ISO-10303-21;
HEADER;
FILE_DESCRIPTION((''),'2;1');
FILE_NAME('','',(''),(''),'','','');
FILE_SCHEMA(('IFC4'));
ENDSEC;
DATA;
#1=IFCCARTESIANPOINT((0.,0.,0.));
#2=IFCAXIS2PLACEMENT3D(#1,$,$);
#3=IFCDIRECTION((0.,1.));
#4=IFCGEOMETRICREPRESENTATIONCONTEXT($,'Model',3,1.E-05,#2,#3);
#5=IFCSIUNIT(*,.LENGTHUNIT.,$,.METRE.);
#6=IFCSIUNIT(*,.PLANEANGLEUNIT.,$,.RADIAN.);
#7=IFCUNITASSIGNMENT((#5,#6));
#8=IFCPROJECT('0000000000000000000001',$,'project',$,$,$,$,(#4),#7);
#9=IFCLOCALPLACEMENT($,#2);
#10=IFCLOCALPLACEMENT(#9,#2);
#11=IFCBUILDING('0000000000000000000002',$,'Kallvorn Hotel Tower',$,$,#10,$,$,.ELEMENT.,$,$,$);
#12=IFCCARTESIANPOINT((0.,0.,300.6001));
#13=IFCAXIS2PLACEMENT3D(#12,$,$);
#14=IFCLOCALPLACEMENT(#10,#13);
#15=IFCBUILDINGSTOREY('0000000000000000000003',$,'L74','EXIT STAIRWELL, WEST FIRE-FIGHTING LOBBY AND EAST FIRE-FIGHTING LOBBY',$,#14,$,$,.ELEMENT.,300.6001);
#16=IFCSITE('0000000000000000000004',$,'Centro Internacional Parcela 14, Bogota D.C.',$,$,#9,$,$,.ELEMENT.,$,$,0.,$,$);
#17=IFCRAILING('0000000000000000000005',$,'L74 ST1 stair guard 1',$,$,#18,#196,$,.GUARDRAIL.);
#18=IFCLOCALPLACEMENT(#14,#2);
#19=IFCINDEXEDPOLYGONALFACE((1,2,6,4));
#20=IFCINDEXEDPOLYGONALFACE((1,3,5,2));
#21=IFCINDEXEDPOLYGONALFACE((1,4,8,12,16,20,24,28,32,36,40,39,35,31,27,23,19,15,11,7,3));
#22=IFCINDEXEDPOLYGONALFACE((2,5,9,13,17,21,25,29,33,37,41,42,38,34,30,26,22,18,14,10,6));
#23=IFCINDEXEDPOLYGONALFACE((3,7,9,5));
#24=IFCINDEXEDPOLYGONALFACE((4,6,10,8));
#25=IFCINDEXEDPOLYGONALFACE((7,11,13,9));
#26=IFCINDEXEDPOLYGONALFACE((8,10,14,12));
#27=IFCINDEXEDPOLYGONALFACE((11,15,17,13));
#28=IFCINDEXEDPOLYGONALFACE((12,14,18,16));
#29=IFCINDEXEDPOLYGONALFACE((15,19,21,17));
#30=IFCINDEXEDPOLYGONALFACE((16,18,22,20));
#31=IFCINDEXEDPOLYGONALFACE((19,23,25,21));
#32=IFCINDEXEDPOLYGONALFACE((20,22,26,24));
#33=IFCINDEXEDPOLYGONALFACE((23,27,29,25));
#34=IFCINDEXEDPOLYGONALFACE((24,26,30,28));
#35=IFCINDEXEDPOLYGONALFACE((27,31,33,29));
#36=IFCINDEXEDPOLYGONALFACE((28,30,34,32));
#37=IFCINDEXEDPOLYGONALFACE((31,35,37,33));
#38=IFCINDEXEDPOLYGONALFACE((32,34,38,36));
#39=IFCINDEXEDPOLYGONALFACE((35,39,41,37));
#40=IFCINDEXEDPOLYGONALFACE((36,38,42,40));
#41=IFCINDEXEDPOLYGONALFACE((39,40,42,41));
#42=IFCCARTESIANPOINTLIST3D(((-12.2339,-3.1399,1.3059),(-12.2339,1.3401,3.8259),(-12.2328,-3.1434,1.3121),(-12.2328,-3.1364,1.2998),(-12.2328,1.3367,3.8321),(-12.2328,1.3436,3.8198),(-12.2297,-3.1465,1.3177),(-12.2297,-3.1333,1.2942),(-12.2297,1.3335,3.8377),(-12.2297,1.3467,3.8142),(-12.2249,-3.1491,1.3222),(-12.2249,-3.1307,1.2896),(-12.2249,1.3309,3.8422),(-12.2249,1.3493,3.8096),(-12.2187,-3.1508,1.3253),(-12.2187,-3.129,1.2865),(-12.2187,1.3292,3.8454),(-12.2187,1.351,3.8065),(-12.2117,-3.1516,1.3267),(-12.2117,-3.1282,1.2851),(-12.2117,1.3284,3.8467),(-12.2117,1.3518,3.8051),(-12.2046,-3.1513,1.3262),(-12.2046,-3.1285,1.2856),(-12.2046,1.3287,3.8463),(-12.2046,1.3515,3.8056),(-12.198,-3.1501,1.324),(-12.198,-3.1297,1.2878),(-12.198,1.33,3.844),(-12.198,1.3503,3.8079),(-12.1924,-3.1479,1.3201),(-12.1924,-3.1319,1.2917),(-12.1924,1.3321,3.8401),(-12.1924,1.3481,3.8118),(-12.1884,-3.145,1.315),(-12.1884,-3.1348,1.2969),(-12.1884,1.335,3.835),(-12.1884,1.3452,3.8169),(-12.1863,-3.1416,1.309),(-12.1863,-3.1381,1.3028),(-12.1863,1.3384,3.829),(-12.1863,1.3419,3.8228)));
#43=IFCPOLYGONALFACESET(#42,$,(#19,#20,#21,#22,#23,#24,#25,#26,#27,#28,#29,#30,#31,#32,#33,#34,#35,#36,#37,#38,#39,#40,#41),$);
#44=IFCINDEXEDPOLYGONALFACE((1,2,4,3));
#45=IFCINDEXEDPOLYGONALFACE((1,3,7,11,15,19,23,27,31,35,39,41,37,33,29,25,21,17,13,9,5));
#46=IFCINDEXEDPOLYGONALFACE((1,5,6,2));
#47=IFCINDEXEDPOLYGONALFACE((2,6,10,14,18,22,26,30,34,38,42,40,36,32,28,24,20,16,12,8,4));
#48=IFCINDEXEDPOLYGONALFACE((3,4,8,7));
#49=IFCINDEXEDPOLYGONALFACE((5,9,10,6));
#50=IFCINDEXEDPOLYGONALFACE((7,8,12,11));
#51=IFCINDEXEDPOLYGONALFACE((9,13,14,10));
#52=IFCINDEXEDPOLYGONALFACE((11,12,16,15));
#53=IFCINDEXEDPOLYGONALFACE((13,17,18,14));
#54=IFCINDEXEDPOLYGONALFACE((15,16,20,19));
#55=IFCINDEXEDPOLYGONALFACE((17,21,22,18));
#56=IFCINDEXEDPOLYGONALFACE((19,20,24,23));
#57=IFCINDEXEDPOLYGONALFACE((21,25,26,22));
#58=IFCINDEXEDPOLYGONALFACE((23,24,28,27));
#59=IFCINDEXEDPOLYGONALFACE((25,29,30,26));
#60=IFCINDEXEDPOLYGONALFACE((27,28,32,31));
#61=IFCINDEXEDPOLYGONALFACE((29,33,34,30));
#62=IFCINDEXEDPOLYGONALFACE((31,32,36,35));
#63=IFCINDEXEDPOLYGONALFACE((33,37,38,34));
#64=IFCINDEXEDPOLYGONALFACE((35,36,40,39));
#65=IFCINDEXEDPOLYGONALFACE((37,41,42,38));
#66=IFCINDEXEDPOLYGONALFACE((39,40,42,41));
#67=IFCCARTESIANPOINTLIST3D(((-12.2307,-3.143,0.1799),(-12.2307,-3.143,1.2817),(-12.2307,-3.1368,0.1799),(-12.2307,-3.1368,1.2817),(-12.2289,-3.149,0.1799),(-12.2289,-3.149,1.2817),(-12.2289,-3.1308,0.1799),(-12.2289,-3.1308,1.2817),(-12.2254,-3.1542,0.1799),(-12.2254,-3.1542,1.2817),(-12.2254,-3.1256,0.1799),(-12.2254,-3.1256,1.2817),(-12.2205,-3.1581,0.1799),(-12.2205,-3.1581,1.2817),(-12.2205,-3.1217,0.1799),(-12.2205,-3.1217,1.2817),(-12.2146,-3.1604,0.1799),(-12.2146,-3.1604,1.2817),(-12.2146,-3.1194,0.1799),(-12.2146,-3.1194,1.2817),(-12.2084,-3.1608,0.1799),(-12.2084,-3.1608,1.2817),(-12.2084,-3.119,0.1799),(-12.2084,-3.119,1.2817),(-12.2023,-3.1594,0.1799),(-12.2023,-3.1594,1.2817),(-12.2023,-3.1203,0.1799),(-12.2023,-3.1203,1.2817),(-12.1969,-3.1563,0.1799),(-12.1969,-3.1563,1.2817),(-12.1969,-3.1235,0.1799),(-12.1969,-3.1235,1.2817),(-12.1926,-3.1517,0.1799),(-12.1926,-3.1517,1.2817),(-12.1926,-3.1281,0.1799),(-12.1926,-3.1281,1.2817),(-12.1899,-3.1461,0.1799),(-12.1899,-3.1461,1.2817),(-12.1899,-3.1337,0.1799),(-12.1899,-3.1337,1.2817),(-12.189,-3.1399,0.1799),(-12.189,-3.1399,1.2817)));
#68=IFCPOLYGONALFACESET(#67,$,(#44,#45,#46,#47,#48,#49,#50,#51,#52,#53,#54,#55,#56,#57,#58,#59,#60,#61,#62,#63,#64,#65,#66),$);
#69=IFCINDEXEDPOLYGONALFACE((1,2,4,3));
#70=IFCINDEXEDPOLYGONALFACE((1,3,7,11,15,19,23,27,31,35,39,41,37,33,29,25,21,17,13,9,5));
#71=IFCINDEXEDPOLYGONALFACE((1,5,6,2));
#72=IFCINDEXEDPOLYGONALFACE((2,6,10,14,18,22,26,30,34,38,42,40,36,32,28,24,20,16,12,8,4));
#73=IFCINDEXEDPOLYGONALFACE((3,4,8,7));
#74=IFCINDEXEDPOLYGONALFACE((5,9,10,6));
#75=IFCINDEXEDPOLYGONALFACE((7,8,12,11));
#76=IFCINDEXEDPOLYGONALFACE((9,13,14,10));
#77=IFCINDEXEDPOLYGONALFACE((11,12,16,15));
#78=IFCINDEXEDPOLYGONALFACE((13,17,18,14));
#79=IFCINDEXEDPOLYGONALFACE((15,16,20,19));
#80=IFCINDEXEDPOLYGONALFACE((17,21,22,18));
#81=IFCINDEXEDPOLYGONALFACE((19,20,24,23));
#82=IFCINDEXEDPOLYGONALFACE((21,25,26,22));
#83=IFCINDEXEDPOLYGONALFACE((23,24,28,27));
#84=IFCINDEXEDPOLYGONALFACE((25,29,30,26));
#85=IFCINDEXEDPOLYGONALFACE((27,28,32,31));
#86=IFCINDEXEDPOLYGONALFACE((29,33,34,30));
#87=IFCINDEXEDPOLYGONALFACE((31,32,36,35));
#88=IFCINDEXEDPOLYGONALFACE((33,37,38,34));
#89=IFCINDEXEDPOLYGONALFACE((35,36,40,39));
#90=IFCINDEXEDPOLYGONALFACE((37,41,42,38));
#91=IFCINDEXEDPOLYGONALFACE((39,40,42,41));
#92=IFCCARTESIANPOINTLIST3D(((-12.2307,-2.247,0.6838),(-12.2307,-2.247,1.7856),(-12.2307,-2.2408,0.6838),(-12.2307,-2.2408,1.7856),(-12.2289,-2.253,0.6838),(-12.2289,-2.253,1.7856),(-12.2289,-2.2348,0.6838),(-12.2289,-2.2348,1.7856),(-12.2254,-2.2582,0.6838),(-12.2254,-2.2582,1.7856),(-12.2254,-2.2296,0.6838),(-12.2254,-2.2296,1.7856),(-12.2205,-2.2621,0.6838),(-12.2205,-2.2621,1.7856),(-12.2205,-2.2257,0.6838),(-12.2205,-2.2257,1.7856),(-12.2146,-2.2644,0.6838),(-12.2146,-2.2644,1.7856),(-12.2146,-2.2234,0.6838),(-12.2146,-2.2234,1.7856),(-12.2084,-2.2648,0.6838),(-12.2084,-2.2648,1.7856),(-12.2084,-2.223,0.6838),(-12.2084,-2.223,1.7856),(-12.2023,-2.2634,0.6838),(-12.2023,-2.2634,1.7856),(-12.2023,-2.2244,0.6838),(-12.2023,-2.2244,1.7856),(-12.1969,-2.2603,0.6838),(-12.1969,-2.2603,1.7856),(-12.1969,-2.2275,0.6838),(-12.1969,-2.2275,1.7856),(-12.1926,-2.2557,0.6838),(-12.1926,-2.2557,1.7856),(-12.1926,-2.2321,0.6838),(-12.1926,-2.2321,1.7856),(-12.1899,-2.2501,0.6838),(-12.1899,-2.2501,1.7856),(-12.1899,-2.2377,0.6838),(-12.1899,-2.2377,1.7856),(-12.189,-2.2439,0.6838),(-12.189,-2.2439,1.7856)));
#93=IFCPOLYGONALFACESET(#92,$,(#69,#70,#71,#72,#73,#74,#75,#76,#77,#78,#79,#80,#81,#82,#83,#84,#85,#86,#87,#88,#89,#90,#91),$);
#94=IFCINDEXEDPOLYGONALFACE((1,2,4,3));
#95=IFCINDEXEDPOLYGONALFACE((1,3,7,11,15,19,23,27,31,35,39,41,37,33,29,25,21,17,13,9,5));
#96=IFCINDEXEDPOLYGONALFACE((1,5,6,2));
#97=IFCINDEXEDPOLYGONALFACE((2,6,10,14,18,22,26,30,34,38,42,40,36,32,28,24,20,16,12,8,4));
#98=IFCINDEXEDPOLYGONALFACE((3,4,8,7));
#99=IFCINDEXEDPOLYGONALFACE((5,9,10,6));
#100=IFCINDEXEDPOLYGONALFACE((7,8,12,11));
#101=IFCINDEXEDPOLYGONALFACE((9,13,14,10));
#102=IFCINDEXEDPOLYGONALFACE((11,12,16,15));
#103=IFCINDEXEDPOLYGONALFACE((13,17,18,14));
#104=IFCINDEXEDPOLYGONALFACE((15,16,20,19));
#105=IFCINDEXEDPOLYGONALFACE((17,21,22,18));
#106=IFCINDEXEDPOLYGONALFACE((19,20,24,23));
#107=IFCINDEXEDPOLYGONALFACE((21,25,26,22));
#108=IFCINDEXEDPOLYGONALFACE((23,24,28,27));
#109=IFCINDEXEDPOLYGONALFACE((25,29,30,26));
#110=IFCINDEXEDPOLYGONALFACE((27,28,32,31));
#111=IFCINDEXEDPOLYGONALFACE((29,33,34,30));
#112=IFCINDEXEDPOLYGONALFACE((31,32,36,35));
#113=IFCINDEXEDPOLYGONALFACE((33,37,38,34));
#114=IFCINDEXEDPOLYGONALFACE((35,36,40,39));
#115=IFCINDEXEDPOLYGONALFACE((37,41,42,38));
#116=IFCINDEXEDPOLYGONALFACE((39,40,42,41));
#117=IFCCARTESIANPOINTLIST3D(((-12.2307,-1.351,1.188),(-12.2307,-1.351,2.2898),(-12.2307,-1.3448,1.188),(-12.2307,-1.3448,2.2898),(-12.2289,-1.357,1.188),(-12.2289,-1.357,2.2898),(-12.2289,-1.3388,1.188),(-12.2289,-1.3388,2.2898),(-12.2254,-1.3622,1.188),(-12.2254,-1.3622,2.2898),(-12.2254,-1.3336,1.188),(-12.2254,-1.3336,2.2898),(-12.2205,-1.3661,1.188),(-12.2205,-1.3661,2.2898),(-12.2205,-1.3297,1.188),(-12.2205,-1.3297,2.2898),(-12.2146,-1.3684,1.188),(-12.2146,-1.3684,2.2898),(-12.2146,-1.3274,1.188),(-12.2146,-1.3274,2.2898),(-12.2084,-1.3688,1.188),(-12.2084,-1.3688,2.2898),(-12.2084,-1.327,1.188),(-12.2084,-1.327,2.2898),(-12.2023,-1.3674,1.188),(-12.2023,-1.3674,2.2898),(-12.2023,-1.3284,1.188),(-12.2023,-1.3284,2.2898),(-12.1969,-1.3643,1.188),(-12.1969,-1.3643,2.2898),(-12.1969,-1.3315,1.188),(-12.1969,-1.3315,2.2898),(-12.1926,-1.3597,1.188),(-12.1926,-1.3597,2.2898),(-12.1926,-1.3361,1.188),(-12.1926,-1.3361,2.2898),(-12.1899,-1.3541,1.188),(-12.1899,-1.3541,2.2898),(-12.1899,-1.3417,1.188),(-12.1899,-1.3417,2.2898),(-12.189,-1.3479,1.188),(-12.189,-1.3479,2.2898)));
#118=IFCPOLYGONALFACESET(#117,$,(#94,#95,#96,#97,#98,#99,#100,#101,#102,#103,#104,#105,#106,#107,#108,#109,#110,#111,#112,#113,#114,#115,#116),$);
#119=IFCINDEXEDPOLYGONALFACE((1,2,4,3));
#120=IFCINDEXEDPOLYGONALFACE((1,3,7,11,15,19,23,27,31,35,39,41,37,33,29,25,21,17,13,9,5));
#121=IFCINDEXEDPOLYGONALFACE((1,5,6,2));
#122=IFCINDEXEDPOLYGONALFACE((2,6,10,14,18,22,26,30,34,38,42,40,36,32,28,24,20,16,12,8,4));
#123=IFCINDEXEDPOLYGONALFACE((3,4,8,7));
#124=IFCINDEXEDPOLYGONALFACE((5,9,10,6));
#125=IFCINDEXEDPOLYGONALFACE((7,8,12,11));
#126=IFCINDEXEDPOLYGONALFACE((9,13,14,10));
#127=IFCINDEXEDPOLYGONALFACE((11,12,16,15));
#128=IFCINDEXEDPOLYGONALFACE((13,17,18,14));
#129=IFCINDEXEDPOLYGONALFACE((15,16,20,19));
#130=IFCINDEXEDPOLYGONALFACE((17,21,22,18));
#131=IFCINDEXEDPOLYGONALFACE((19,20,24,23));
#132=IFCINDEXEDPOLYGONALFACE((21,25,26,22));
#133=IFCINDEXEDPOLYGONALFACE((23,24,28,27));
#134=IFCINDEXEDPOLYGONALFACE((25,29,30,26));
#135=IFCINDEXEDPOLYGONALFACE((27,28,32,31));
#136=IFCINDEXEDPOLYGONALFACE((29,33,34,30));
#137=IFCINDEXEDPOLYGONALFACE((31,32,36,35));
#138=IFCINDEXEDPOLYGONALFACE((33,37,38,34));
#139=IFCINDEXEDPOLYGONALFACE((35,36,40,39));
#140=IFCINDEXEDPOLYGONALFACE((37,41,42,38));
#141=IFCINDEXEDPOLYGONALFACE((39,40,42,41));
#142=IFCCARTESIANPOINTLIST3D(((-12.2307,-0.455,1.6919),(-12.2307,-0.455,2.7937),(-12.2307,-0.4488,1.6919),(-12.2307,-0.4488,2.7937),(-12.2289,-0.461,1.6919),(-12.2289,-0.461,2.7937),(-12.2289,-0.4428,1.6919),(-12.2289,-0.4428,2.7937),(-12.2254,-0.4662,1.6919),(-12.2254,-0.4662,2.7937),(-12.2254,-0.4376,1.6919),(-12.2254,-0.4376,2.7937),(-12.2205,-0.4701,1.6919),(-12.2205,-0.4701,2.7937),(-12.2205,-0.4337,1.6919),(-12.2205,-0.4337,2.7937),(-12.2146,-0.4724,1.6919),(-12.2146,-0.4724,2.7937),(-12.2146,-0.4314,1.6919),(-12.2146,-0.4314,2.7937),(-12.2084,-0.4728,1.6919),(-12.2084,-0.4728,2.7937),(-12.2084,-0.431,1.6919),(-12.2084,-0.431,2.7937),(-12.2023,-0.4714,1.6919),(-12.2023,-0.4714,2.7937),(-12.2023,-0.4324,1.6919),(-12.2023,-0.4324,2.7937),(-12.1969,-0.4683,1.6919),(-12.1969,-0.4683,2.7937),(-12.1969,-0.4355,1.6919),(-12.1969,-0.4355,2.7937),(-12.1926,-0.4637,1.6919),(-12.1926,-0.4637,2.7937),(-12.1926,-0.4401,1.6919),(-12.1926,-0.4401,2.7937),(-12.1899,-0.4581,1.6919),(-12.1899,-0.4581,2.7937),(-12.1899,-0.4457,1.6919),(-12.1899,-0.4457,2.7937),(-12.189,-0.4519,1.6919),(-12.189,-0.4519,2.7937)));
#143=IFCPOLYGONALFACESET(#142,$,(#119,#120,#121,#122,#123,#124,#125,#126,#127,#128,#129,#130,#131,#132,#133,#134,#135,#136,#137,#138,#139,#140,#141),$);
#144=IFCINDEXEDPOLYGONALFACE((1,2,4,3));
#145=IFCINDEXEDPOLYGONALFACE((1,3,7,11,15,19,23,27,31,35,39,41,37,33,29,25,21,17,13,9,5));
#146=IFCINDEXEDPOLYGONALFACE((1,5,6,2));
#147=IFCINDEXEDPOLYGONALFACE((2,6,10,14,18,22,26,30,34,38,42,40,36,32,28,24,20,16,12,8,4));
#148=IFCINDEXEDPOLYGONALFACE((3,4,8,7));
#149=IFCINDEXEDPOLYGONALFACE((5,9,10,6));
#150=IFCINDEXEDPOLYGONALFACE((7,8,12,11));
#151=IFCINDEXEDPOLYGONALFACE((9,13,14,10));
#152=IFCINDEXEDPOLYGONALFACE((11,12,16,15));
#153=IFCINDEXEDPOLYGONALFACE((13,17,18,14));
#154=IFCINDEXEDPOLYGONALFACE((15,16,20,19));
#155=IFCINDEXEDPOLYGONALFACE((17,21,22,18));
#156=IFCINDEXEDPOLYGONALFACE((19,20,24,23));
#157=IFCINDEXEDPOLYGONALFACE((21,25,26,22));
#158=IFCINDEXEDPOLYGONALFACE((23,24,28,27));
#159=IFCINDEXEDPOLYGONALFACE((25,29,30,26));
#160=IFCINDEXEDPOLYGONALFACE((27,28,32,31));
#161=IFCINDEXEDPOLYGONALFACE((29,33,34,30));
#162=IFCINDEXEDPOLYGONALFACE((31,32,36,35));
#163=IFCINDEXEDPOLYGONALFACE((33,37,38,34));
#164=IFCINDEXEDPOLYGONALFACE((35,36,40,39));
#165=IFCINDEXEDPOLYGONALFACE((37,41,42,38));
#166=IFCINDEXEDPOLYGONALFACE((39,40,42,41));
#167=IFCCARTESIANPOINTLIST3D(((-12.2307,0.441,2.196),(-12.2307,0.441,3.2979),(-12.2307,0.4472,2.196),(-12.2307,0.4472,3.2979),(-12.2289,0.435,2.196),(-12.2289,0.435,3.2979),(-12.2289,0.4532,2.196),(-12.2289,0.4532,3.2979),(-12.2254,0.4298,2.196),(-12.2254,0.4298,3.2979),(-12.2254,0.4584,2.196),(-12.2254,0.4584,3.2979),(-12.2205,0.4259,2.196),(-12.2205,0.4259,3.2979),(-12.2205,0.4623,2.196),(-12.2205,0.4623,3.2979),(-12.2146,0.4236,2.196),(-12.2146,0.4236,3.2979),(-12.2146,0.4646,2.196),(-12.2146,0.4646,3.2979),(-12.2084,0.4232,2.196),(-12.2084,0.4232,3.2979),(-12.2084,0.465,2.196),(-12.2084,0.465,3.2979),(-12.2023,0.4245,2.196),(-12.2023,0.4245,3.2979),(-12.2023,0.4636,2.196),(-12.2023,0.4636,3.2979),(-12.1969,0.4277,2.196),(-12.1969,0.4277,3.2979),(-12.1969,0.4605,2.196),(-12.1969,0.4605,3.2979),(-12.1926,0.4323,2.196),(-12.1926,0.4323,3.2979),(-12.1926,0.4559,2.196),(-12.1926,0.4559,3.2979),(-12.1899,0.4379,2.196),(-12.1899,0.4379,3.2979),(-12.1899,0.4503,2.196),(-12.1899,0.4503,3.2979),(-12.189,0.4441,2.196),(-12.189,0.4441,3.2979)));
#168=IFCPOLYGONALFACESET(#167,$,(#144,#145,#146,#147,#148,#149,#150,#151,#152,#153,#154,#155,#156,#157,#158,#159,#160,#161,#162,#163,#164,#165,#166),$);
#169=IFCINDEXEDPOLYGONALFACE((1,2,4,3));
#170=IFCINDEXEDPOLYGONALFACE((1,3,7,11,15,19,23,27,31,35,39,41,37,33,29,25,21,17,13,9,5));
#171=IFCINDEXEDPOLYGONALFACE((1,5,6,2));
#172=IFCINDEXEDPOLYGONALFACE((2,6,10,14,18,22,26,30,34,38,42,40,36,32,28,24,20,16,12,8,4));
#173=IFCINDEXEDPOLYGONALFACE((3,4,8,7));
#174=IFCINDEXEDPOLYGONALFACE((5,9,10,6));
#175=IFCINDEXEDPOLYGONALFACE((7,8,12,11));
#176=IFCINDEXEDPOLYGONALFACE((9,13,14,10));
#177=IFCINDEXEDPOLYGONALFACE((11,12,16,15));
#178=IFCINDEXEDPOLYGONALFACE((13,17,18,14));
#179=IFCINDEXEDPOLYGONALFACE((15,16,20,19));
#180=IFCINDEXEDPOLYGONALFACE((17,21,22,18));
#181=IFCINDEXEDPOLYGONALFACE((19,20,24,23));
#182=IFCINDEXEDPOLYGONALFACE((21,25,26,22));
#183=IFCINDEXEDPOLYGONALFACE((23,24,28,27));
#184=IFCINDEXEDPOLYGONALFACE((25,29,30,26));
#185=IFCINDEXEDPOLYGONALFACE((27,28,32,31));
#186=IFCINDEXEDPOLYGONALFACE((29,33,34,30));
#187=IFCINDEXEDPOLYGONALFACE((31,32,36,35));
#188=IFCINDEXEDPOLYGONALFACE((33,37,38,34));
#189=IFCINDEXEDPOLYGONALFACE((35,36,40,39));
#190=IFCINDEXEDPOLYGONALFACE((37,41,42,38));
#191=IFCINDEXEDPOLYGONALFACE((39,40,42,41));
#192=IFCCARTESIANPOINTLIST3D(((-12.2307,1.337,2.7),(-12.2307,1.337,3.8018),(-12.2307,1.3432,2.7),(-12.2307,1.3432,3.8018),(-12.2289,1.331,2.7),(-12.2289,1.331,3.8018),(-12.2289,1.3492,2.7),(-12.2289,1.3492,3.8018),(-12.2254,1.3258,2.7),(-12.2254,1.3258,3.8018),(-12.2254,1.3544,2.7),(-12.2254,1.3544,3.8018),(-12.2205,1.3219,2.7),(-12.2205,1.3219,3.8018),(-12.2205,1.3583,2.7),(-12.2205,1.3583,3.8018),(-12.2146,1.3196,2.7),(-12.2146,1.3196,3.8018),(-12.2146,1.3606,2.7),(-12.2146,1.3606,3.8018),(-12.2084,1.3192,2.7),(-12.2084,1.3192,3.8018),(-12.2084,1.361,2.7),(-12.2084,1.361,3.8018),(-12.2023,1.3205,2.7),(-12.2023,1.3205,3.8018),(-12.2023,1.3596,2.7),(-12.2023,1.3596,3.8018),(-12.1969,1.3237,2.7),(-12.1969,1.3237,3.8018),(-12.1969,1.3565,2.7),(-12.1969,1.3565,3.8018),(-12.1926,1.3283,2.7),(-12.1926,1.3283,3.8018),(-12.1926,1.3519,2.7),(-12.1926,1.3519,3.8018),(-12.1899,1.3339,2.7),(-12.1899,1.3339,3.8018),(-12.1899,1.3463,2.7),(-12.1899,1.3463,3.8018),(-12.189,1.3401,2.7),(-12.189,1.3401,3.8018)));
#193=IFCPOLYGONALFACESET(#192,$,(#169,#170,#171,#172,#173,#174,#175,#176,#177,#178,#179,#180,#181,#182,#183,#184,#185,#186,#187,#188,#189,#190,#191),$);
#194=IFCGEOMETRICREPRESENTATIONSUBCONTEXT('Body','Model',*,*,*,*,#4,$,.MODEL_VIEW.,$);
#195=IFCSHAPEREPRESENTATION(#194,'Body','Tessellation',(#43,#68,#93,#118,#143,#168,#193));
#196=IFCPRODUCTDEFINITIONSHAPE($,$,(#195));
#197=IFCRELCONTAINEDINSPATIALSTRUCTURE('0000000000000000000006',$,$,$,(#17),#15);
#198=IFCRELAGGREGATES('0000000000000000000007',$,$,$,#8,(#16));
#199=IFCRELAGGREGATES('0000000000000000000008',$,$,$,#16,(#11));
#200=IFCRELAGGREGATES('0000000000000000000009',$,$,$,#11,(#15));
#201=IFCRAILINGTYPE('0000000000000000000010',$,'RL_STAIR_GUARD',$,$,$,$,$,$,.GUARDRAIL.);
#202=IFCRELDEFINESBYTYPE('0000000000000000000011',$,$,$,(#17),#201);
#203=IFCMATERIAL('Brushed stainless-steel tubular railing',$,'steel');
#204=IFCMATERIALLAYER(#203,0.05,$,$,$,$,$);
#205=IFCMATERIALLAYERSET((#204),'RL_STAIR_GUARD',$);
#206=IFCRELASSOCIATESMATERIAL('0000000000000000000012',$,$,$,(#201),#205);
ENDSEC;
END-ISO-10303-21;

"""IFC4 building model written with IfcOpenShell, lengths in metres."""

from ifc_helpers import new_model, si_unit, direction, frame, origin, origin_2d, place, context, subcontext, project, spatial, circle, extrude, material, layer, layer_set, type_object, element, save


model = new_model("IFC4")

# Units and contexts
model_context = context("Model", 3, precision=1e-05, world=origin(), true_north=direction((0.0, 1.0)))
body_context = subcontext(model_context, "Body", "Model", "MODEL_VIEW")
ifc_project = project(units=[si_unit("LENGTHUNIT", "METRE"), si_unit("PLANEANGLEUNIT", "RADIAN")], contexts=[model_context])

# Site, building, storey
site_placement = place(None, origin())
site = spatial("IfcSite", under=ifc_project, at=site_placement, Name="Centro Internacional Parcela 14, Bogota D.C.", CompositionType="ELEMENT", RefElevation=0.0)
building_placement = place(site_placement, origin())
building = spatial("IfcBuilding", under=site, at=building_placement, Name="Kallvorn Hotel Tower", CompositionType="ELEMENT")
storey_placement = place(building_placement, frame((0.0, 0.0, 300.6001)))
storey = spatial("IfcBuildingStorey", under=building, at=storey_placement, Name="L74", Description="EXIT STAIRWELL, WEST FIRE-FIGHTING LOBBY AND EAST FIRE-FIGHTING LOBBY", CompositionType="ELEMENT", Elevation=300.6001)

# Railing
ifc_material_1 = material(Name="Brushed stainless-steel tubular railing", Category="steel")
ifc_layer_1 = layer(ifc_material_1, 0.05)
ifc_layer_set_1 = layer_set([ifc_layer_1], Name="RL_STAIR_GUARD")
railing_type = type_object("IfcRailingType", Name="RL_STAIR_GUARD", PredefinedType="GUARDRAIL", material=ifc_layer_set_1)
railing_1_placement = place(storey_placement, frame((-12.21, -3.1399, 0.1799)))
element("IfcRailing", 1, at=railing_1_placement, inside=storey, type_object=railing_type, Name="L74 ST1 stair guard 1", PredefinedType="GUARDRAIL", context=body_context, shape_type="SweptSolid", body=[
    extrude(circle(Radius=0.0239, at=origin_2d()), frame((0.0, 0.0, 1.126), z_axis=(0.0, 0.871573, 0.490266), x_axis=(-1.0, 0.0, 0.0)), (0.0, 0.0, 1.0), 5.1401),
    extrude(circle(Radius=0.021, at=origin_2d()), origin(), (0.0, 0.0, 1.0), 1.1018),
    extrude(circle(Radius=0.021, at=origin_2d()), frame((0.0, 0.896, 0.5039)), (0.0, 0.0, 1.0), 1.1018),
    extrude(circle(Radius=0.021, at=origin_2d()), frame((0.0, 1.792, 1.0081)), (0.0, 0.0, 1.0), 1.1018),
    extrude(circle(Radius=0.021, at=origin_2d()), frame((0.0, 2.688, 1.512)), (0.0, 0.0, 1.0), 1.1018),
    extrude(circle(Radius=0.021, at=origin_2d()), frame((0.0, 3.584, 2.0161)), (0.0, 0.0, 1.0), 1.1018),
    extrude(circle(Radius=0.021, at=origin_2d()), frame((0.0, 4.48, 2.52)), (0.0, 0.0, 1.0), 1.1018),
])

save(model, "model.ifc")
